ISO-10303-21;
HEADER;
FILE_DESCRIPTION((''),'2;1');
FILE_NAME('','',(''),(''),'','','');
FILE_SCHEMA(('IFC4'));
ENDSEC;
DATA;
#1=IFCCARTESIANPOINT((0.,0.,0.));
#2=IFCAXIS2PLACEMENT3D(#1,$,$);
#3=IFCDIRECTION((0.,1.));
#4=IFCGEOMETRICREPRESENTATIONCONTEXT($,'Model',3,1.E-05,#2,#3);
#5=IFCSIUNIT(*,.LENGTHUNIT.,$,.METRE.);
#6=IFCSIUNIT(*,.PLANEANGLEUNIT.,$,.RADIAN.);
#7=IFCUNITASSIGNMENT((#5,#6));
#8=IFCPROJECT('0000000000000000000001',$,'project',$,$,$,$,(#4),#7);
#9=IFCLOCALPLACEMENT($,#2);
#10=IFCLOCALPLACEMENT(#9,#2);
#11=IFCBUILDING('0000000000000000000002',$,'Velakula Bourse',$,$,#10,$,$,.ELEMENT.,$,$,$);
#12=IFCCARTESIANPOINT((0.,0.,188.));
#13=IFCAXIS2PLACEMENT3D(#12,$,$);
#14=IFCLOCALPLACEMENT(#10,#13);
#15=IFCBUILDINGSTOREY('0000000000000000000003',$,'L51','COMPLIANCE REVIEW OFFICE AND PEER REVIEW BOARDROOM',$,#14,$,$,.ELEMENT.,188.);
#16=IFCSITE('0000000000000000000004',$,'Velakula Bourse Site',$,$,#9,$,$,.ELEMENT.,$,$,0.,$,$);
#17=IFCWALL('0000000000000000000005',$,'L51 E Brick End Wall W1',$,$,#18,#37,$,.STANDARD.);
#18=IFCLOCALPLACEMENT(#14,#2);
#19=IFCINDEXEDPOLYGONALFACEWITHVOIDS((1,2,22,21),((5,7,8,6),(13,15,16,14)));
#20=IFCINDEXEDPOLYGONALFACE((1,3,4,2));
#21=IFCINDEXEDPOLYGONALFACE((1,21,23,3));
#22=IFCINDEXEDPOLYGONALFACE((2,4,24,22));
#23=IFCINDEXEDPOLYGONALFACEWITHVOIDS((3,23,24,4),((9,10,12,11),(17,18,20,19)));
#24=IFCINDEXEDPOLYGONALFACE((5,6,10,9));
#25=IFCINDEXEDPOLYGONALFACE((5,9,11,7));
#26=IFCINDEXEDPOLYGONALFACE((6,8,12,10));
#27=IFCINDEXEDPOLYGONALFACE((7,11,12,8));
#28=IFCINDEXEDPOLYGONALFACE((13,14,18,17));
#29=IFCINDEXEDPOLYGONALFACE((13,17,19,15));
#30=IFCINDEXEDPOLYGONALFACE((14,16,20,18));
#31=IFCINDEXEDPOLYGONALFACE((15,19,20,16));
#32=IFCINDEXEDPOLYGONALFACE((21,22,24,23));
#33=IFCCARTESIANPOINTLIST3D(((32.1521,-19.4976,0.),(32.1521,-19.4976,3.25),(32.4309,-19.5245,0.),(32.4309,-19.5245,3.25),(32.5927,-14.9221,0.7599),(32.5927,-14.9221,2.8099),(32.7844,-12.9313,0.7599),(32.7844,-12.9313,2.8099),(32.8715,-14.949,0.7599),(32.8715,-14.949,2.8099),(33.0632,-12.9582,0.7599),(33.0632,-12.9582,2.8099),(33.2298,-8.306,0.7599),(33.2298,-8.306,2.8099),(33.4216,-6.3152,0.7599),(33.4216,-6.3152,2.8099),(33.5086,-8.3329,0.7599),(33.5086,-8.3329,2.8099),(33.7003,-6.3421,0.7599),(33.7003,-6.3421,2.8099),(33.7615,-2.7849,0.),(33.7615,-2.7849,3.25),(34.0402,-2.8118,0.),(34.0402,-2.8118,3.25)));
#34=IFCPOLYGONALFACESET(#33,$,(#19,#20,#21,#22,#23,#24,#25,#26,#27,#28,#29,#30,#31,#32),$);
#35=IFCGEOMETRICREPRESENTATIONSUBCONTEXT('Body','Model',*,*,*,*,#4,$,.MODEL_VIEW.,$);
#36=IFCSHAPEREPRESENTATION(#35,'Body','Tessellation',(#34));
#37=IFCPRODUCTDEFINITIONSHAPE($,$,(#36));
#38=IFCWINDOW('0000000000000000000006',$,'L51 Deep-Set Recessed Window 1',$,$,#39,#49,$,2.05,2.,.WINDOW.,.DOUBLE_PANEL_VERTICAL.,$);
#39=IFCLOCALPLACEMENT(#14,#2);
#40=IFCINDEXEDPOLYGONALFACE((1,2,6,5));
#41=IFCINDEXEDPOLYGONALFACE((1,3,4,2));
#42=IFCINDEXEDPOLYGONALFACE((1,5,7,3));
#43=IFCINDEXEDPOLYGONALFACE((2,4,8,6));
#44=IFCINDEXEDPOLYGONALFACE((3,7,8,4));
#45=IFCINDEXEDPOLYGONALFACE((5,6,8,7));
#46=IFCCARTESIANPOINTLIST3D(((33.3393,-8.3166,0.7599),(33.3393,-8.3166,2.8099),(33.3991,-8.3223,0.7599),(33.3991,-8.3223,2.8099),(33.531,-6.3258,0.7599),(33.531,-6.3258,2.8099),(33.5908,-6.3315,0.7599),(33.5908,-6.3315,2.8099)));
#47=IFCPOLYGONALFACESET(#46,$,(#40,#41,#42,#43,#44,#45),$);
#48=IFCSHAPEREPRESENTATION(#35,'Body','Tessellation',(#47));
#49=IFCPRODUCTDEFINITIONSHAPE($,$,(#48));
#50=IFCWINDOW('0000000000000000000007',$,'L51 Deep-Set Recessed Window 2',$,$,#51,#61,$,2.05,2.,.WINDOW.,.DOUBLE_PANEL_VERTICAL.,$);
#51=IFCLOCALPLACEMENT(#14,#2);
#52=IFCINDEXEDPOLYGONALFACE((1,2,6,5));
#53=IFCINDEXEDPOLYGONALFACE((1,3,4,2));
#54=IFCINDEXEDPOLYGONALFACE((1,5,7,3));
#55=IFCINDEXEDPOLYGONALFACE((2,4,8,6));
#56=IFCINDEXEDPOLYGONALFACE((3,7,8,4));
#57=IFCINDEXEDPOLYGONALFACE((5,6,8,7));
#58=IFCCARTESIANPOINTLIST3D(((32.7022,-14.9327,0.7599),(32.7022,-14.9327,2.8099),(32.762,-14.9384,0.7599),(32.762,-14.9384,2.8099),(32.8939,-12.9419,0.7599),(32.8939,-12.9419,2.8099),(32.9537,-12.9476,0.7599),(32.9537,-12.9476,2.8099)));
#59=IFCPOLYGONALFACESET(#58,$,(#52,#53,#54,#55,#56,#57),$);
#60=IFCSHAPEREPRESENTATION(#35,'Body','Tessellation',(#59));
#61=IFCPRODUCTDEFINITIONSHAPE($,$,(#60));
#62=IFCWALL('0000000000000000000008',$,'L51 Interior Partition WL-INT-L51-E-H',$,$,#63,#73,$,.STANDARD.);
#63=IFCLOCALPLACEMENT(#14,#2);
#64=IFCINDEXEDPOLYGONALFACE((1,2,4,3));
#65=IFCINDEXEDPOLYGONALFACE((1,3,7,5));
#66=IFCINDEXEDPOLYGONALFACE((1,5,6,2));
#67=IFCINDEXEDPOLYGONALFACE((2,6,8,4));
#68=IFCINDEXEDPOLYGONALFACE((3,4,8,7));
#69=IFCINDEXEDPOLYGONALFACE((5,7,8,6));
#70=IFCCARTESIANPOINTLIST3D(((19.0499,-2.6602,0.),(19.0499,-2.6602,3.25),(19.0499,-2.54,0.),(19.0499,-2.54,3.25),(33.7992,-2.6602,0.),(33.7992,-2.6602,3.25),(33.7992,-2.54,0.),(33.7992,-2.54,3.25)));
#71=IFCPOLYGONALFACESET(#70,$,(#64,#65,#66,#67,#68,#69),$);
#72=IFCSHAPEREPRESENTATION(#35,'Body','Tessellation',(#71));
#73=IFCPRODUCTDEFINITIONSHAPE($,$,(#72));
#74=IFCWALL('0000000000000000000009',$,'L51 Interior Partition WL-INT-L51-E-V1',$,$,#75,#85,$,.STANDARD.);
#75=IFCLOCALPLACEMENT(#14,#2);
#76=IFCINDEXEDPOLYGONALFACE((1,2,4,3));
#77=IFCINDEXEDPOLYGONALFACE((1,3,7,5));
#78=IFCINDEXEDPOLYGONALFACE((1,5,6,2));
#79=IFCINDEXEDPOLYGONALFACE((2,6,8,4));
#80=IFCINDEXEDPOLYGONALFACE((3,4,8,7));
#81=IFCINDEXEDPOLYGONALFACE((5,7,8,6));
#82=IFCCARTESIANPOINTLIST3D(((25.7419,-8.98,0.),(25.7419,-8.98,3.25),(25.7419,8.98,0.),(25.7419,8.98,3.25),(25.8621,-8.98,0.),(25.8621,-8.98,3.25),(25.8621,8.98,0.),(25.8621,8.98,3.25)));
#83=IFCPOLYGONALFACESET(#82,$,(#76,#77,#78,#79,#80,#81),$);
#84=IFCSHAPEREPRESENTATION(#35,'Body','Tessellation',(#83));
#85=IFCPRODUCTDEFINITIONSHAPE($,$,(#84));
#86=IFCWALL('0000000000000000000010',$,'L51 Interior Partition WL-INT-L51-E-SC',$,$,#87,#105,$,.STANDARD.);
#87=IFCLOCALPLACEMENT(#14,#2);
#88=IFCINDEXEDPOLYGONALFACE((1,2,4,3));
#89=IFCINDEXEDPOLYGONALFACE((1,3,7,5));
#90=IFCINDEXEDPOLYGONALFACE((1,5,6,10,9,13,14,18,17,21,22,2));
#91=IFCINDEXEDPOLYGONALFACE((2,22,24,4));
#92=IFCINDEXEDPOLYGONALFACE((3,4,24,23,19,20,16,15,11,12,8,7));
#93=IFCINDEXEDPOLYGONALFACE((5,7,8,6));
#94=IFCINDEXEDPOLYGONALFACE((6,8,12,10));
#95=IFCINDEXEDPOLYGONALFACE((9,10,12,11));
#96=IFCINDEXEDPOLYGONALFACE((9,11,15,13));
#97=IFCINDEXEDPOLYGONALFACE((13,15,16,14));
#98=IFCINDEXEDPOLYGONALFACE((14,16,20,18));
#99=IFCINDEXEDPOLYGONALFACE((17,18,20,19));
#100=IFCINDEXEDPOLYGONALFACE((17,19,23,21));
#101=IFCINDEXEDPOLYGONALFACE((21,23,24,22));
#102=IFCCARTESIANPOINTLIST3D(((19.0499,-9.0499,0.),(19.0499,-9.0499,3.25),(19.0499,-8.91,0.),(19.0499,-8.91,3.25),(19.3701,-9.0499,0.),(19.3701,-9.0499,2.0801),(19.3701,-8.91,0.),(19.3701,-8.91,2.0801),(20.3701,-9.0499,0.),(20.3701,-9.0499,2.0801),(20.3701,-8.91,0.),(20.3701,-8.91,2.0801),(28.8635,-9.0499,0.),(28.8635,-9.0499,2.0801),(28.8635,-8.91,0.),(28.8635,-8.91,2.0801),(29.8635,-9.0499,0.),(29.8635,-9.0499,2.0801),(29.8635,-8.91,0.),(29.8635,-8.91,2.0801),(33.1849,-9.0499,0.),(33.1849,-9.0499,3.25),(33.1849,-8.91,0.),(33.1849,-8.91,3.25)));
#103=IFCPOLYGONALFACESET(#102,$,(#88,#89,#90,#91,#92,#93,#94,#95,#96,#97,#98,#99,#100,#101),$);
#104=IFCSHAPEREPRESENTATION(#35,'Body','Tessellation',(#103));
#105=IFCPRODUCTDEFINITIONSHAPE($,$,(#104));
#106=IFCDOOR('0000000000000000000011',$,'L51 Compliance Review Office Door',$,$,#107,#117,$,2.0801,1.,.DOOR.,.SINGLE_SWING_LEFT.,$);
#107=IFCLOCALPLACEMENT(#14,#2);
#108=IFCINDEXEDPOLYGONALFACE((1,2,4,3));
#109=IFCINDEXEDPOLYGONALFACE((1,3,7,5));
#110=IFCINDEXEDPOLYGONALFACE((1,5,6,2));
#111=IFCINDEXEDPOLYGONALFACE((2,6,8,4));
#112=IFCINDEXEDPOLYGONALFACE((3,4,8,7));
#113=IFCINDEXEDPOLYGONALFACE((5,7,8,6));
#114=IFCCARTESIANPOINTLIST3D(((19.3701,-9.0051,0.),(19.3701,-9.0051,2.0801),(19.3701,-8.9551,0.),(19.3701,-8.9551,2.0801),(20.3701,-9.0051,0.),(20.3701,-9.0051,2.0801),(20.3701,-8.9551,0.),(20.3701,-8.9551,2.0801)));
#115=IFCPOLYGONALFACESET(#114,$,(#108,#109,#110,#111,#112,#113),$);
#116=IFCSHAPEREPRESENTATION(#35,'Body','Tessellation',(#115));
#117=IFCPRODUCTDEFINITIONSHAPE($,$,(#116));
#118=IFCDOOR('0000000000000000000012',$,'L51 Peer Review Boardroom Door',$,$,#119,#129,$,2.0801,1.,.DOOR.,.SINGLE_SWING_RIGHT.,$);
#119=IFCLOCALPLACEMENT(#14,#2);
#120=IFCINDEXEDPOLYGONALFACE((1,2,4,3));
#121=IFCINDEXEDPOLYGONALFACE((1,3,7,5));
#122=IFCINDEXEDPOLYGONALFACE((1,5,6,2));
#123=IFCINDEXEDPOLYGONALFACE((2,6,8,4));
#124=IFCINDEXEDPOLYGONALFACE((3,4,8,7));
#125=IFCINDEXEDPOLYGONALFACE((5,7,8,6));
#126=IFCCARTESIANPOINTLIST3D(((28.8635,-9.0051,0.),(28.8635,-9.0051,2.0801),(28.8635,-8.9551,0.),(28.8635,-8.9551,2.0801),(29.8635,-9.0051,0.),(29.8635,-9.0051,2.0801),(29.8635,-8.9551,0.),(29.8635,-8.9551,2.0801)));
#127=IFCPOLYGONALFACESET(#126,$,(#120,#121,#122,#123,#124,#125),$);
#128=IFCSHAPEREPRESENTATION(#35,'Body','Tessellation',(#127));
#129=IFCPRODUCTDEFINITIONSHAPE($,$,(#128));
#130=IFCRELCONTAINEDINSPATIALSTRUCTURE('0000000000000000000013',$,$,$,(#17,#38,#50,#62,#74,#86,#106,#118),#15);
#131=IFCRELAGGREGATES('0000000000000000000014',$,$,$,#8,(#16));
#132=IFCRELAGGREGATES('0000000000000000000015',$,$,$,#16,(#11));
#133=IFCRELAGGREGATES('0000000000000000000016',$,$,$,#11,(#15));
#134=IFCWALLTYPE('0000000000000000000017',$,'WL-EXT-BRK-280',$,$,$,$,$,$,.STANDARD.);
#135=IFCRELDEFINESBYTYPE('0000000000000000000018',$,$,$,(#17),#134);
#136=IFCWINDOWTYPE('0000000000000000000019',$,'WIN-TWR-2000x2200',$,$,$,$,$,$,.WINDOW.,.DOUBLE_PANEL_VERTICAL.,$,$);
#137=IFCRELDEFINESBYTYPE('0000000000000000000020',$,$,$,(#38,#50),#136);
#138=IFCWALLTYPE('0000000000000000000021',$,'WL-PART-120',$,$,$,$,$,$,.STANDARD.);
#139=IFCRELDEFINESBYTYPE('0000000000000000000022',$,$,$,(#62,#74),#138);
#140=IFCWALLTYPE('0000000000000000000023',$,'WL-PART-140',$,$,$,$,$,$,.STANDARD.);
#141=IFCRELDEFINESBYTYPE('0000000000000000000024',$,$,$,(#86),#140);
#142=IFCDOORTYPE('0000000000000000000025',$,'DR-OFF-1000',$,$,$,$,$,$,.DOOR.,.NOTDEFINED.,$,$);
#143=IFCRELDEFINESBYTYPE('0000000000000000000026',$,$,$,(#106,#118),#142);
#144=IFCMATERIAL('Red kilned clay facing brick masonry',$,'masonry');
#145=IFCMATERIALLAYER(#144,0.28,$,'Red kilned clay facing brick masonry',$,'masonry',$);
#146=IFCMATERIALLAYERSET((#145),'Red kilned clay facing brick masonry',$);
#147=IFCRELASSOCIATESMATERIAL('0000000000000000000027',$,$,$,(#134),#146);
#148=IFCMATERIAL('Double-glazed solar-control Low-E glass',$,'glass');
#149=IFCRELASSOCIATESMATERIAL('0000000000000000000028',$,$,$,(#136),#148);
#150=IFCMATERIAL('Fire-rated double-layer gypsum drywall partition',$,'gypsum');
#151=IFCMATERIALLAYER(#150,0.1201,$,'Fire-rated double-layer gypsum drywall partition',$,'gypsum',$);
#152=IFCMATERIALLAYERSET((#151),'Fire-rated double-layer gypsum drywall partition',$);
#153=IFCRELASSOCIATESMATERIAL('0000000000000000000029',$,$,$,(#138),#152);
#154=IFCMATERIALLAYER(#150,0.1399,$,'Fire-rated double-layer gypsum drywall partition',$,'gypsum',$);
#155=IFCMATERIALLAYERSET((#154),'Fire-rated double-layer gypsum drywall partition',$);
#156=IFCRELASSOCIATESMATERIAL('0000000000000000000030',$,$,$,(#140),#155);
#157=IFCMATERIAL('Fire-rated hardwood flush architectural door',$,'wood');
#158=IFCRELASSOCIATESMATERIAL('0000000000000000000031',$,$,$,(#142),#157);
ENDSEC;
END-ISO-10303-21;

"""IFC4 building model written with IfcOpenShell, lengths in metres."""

from ifc_helpers import new_model, si_unit, direction, frame, frame_2d, origin, place, context, subcontext, project, spatial, rectangle, extrude, material, layer, layer_set, type_object, element, fill, save


model = new_model("IFC4")

# Units and contexts
model_context = context("Model", 3, precision=1e-05, world=origin(), true_north=direction((0.0, 1.0)))
body_context = subcontext(model_context, "Body", "Model", "MODEL_VIEW")
ifc_project = project(units=[si_unit("LENGTHUNIT", "METRE"), si_unit("PLANEANGLEUNIT", "RADIAN")], contexts=[model_context])

# Site, building, storey
site_placement = place(None, origin())
site = spatial("IfcSite", under=ifc_project, at=site_placement, Name="Velakula Bourse Site", CompositionType="ELEMENT", RefElevation=0.0)
building_placement = place(site_placement, origin())
building = spatial("IfcBuilding", under=site, at=building_placement, Name="Velakula Bourse", CompositionType="ELEMENT")
storey_placement = place(building_placement, frame((0.0, 0.0, 188.0)))
storey = spatial("IfcBuildingStorey", under=building, at=storey_placement, Name="L51", Description="COMPLIANCE REVIEW OFFICE AND PEER REVIEW BOARDROOM", CompositionType="ELEMENT", Elevation=188.0)

# Wall, openings, windows
ifc_material_1 = material(Name="Red kilned clay facing brick masonry", Category="masonry")
ifc_layer_1 = layer(ifc_material_1, 0.28, Name="Red kilned clay facing brick masonry", Category="masonry")
ifc_layer_set_1 = layer_set([ifc_layer_1], Name="Red kilned clay facing brick masonry")
wall_type_1 = type_object("IfcWallType", Name="WL-EXT-BRK-280", PredefinedType="STANDARD", material=ifc_layer_set_1)
wall_1_placement = place(storey_placement, frame((33.9009, -2.7983, 0.0), z_axis=(0.0, 0.0, 1.0), x_axis=(-0.095853, -0.995395, 0.0)))
wall_1 = element("IfcWall", 1, at=wall_1_placement, inside=storey, type_object=wall_type_1, Name="L51 E Brick End Wall W1", PredefinedType="STANDARD", context=body_context, shape_type="SweptSolid", body=[
    extrude(rectangle(XDim=16.79, YDim=0.28, at=frame_2d((8.395, 0.0))), origin(), (0.0, 0.0, 1.0), 3.25),
])
opening_1_placement = place(wall_1_placement, frame((3.5466, 0.0, 0.76)))
opening_1 = element("IfcOpeningElement", 2, at=opening_1_placement, cuts=wall_1, PredefinedType="OPENING", context=body_context, shape_type="SweptSolid", body=[
    extrude(rectangle(XDim=2.0, YDim=2.05, at=frame_2d((1.0, 1.0249))), frame((0.0, 0.1499, 0.0), z_axis=(0.0, -1.0, 0.0), x_axis=(1.0, 0.0, 0.0)), (0.0, 0.0, 1.0), 0.3),
])
opening_2_placement = place(wall_1_placement, frame((10.1934, 0.0, 0.76)))
opening_2 = element("IfcOpeningElement", 3, at=opening_2_placement, cuts=wall_1, PredefinedType="OPENING", context=body_context, shape_type="SweptSolid", body=[
    extrude(rectangle(XDim=2.0, YDim=2.05, at=frame_2d((1.0, 1.0249))), frame((0.0, 0.1499, 0.0), z_axis=(0.0, -1.0, 0.0), x_axis=(1.0, 0.0, 0.0)), (0.0, 0.0, 1.0), 0.3),
])
ifc_material_2 = material(Name="Double-glazed solar-control Low-E glass", Category="glass")
window_type = type_object("IfcWindowType", Name="WIN-TWR-2000x2200", PartitioningType="DOUBLE_PANEL_VERTICAL", PredefinedType="WINDOW", material=ifc_material_2)
window_1_placement = place(opening_1_placement, origin())
window_1 = element("IfcWindow", 4, at=window_1_placement, inside=storey, type_object=window_type, Name="L51 Deep-Set Recessed Window 1", OverallHeight=2.05, OverallWidth=2.0, PartitioningType="DOUBLE_PANEL_VERTICAL", PredefinedType="WINDOW", context=body_context, shape_type="SweptSolid", body=[
    extrude(rectangle(XDim=2.0, YDim=2.05, at=frame_2d((1.0, 1.0249))), frame((0.0, 0.03, 0.0), z_axis=(0.0, -1.0, 0.0), x_axis=(1.0, 0.0, 0.0)), (0.0, 0.0, 1.0), 0.0601),
])
fill(opening_1, window_1)
window_2_placement = place(opening_2_placement, origin())
window_2 = element("IfcWindow", 5, at=window_2_placement, inside=storey, type_object=window_type, Name="L51 Deep-Set Recessed Window 2", OverallHeight=2.05, OverallWidth=2.0, PartitioningType="DOUBLE_PANEL_VERTICAL", PredefinedType="WINDOW", context=body_context, shape_type="SweptSolid", body=[
    extrude(rectangle(XDim=2.0, YDim=2.05, at=frame_2d((1.0, 1.0249))), frame((0.0, 0.03, 0.0), z_axis=(0.0, -1.0, 0.0), x_axis=(1.0, 0.0, 0.0)), (0.0, 0.0, 1.0), 0.0601),
])
fill(opening_2, window_2)

# Walls
ifc_material_3 = material(Name="Fire-rated double-layer gypsum drywall partition", Category="gypsum")
ifc_layer_2 = layer(ifc_material_3, 0.1201, Name="Fire-rated double-layer gypsum drywall partition", Category="gypsum")
ifc_layer_set_2 = layer_set([ifc_layer_2], Name="Fire-rated double-layer gypsum drywall partition")
wall_type_2 = type_object("IfcWallType", Name="WL-PART-120", PredefinedType="STANDARD", material=ifc_layer_set_2)
wall_2_placement = place(storey_placement, frame((19.05, -2.6001, 0.0), z_axis=(0.0, 0.0, 1.0), x_axis=(1.0, 0.0, 0.0)))
element("IfcWall", 6, at=wall_2_placement, inside=storey, type_object=wall_type_2, Name="L51 Interior Partition WL-INT-L51-E-H", PredefinedType="STANDARD", context=body_context, shape_type="SweptSolid", body=[
    extrude(rectangle(XDim=14.7493, YDim=0.1201, at=frame_2d((7.3745, 0.0))), origin(), (0.0, 0.0, 1.0), 3.25),
])
wall_3_placement = place(storey_placement, frame((25.802, -8.98, 0.0), z_axis=(0.0, 0.0, 1.0), x_axis=(0.0, 1.0, 0.0)))
element("IfcWall", 7, at=wall_3_placement, inside=storey, type_object=wall_type_2, Name="L51 Interior Partition WL-INT-L51-E-V1", PredefinedType="STANDARD", context=body_context, shape_type="SweptSolid", body=[
    extrude(rectangle(XDim=17.96, YDim=0.1201, at=frame_2d((8.98, 0.0))), origin(), (0.0, 0.0, 1.0), 3.25),
])

# Wall, openings, doors
ifc_layer_3 = layer(ifc_material_3, 0.1399, Name="Fire-rated double-layer gypsum drywall partition", Category="gypsum")
ifc_layer_set_3 = layer_set([ifc_layer_3], Name="Fire-rated double-layer gypsum drywall partition")
wall_type_3 = type_object("IfcWallType", Name="WL-PART-140", PredefinedType="STANDARD", material=ifc_layer_set_3)
wall_4_placement = place(storey_placement, frame((19.05, -8.98, 0.0), z_axis=(0.0, 0.0, 1.0), x_axis=(1.0, 0.0, 0.0)))
wall_4 = element("IfcWall", 8, at=wall_4_placement, inside=storey, type_object=wall_type_3, Name="L51 Interior Partition WL-INT-L51-E-SC", PredefinedType="STANDARD", context=body_context, shape_type="SweptSolid", body=[
    extrude(rectangle(XDim=14.135, YDim=0.1399, at=frame_2d((7.0674, 0.0))), origin(), (0.0, 0.0, 1.0), 3.25),
])
opening_3_placement = place(wall_4_placement, frame((0.3201, 0.0, 0.0)))
opening_3 = element("IfcOpeningElement", 9, at=opening_3_placement, cuts=wall_4, PredefinedType="OPENING", context=body_context, shape_type="SweptSolid", body=[
    extrude(rectangle(XDim=1.0, YDim=2.0801, at=frame_2d((0.5, 1.04))), frame((0.0, 0.0798, 0.0), z_axis=(0.0, -1.0, 0.0), x_axis=(1.0, 0.0, 0.0)), (0.0, 0.0, 1.0), 0.1599),
])
opening_4_placement = place(wall_4_placement, frame((9.8135, 0.0, 0.0)))
opening_4 = element("IfcOpeningElement", 10, at=opening_4_placement, cuts=wall_4, PredefinedType="OPENING", context=body_context, shape_type="SweptSolid", body=[
    extrude(rectangle(XDim=1.0, YDim=2.0801, at=frame_2d((0.5, 1.04))), frame((0.0, 0.0798, 0.0), z_axis=(0.0, -1.0, 0.0), x_axis=(1.0, 0.0, 0.0)), (0.0, 0.0, 1.0), 0.1599),
])
ifc_material_4 = material(Name="Fire-rated hardwood flush architectural door", Category="wood")
door_type = type_object("IfcDoorType", Name="DR-OFF-1000", OperationType="NOTDEFINED", PredefinedType="DOOR", material=ifc_material_4)
door_1_placement = place(opening_3_placement, origin())
door_1 = element("IfcDoor", 11, at=door_1_placement, inside=storey, type_object=door_type, Name="L51 Compliance Review Office Door", OperationType="SINGLE_SWING_LEFT", OverallHeight=2.0801, OverallWidth=1.0, PredefinedType="DOOR", context=body_context, shape_type="SweptSolid", body=[
    extrude(rectangle(XDim=1.0, YDim=2.0801, at=frame_2d((0.5, 1.04))), frame((0.0, 0.0249, 0.0), z_axis=(0.0, -1.0, 0.0), x_axis=(1.0, 0.0, 0.0)), (0.0, 0.0, 1.0), 0.05),
])
fill(opening_3, door_1)
door_2_placement = place(opening_4_placement, origin())
door_2 = element("IfcDoor", 12, at=door_2_placement, inside=storey, type_object=door_type, Name="L51 Peer Review Boardroom Door", OperationType="SINGLE_SWING_RIGHT", OverallHeight=2.0801, OverallWidth=1.0, PredefinedType="DOOR", context=body_context, shape_type="SweptSolid", body=[
    extrude(rectangle(XDim=1.0, YDim=2.0801, at=frame_2d((0.5, 1.04))), frame((0.0, 0.0249, 0.0), z_axis=(0.0, -1.0, 0.0), x_axis=(1.0, 0.0, 0.0)), (0.0, 0.0, 1.0), 0.05),
])
fill(opening_4, door_2)

save(model, "model.ifc")
